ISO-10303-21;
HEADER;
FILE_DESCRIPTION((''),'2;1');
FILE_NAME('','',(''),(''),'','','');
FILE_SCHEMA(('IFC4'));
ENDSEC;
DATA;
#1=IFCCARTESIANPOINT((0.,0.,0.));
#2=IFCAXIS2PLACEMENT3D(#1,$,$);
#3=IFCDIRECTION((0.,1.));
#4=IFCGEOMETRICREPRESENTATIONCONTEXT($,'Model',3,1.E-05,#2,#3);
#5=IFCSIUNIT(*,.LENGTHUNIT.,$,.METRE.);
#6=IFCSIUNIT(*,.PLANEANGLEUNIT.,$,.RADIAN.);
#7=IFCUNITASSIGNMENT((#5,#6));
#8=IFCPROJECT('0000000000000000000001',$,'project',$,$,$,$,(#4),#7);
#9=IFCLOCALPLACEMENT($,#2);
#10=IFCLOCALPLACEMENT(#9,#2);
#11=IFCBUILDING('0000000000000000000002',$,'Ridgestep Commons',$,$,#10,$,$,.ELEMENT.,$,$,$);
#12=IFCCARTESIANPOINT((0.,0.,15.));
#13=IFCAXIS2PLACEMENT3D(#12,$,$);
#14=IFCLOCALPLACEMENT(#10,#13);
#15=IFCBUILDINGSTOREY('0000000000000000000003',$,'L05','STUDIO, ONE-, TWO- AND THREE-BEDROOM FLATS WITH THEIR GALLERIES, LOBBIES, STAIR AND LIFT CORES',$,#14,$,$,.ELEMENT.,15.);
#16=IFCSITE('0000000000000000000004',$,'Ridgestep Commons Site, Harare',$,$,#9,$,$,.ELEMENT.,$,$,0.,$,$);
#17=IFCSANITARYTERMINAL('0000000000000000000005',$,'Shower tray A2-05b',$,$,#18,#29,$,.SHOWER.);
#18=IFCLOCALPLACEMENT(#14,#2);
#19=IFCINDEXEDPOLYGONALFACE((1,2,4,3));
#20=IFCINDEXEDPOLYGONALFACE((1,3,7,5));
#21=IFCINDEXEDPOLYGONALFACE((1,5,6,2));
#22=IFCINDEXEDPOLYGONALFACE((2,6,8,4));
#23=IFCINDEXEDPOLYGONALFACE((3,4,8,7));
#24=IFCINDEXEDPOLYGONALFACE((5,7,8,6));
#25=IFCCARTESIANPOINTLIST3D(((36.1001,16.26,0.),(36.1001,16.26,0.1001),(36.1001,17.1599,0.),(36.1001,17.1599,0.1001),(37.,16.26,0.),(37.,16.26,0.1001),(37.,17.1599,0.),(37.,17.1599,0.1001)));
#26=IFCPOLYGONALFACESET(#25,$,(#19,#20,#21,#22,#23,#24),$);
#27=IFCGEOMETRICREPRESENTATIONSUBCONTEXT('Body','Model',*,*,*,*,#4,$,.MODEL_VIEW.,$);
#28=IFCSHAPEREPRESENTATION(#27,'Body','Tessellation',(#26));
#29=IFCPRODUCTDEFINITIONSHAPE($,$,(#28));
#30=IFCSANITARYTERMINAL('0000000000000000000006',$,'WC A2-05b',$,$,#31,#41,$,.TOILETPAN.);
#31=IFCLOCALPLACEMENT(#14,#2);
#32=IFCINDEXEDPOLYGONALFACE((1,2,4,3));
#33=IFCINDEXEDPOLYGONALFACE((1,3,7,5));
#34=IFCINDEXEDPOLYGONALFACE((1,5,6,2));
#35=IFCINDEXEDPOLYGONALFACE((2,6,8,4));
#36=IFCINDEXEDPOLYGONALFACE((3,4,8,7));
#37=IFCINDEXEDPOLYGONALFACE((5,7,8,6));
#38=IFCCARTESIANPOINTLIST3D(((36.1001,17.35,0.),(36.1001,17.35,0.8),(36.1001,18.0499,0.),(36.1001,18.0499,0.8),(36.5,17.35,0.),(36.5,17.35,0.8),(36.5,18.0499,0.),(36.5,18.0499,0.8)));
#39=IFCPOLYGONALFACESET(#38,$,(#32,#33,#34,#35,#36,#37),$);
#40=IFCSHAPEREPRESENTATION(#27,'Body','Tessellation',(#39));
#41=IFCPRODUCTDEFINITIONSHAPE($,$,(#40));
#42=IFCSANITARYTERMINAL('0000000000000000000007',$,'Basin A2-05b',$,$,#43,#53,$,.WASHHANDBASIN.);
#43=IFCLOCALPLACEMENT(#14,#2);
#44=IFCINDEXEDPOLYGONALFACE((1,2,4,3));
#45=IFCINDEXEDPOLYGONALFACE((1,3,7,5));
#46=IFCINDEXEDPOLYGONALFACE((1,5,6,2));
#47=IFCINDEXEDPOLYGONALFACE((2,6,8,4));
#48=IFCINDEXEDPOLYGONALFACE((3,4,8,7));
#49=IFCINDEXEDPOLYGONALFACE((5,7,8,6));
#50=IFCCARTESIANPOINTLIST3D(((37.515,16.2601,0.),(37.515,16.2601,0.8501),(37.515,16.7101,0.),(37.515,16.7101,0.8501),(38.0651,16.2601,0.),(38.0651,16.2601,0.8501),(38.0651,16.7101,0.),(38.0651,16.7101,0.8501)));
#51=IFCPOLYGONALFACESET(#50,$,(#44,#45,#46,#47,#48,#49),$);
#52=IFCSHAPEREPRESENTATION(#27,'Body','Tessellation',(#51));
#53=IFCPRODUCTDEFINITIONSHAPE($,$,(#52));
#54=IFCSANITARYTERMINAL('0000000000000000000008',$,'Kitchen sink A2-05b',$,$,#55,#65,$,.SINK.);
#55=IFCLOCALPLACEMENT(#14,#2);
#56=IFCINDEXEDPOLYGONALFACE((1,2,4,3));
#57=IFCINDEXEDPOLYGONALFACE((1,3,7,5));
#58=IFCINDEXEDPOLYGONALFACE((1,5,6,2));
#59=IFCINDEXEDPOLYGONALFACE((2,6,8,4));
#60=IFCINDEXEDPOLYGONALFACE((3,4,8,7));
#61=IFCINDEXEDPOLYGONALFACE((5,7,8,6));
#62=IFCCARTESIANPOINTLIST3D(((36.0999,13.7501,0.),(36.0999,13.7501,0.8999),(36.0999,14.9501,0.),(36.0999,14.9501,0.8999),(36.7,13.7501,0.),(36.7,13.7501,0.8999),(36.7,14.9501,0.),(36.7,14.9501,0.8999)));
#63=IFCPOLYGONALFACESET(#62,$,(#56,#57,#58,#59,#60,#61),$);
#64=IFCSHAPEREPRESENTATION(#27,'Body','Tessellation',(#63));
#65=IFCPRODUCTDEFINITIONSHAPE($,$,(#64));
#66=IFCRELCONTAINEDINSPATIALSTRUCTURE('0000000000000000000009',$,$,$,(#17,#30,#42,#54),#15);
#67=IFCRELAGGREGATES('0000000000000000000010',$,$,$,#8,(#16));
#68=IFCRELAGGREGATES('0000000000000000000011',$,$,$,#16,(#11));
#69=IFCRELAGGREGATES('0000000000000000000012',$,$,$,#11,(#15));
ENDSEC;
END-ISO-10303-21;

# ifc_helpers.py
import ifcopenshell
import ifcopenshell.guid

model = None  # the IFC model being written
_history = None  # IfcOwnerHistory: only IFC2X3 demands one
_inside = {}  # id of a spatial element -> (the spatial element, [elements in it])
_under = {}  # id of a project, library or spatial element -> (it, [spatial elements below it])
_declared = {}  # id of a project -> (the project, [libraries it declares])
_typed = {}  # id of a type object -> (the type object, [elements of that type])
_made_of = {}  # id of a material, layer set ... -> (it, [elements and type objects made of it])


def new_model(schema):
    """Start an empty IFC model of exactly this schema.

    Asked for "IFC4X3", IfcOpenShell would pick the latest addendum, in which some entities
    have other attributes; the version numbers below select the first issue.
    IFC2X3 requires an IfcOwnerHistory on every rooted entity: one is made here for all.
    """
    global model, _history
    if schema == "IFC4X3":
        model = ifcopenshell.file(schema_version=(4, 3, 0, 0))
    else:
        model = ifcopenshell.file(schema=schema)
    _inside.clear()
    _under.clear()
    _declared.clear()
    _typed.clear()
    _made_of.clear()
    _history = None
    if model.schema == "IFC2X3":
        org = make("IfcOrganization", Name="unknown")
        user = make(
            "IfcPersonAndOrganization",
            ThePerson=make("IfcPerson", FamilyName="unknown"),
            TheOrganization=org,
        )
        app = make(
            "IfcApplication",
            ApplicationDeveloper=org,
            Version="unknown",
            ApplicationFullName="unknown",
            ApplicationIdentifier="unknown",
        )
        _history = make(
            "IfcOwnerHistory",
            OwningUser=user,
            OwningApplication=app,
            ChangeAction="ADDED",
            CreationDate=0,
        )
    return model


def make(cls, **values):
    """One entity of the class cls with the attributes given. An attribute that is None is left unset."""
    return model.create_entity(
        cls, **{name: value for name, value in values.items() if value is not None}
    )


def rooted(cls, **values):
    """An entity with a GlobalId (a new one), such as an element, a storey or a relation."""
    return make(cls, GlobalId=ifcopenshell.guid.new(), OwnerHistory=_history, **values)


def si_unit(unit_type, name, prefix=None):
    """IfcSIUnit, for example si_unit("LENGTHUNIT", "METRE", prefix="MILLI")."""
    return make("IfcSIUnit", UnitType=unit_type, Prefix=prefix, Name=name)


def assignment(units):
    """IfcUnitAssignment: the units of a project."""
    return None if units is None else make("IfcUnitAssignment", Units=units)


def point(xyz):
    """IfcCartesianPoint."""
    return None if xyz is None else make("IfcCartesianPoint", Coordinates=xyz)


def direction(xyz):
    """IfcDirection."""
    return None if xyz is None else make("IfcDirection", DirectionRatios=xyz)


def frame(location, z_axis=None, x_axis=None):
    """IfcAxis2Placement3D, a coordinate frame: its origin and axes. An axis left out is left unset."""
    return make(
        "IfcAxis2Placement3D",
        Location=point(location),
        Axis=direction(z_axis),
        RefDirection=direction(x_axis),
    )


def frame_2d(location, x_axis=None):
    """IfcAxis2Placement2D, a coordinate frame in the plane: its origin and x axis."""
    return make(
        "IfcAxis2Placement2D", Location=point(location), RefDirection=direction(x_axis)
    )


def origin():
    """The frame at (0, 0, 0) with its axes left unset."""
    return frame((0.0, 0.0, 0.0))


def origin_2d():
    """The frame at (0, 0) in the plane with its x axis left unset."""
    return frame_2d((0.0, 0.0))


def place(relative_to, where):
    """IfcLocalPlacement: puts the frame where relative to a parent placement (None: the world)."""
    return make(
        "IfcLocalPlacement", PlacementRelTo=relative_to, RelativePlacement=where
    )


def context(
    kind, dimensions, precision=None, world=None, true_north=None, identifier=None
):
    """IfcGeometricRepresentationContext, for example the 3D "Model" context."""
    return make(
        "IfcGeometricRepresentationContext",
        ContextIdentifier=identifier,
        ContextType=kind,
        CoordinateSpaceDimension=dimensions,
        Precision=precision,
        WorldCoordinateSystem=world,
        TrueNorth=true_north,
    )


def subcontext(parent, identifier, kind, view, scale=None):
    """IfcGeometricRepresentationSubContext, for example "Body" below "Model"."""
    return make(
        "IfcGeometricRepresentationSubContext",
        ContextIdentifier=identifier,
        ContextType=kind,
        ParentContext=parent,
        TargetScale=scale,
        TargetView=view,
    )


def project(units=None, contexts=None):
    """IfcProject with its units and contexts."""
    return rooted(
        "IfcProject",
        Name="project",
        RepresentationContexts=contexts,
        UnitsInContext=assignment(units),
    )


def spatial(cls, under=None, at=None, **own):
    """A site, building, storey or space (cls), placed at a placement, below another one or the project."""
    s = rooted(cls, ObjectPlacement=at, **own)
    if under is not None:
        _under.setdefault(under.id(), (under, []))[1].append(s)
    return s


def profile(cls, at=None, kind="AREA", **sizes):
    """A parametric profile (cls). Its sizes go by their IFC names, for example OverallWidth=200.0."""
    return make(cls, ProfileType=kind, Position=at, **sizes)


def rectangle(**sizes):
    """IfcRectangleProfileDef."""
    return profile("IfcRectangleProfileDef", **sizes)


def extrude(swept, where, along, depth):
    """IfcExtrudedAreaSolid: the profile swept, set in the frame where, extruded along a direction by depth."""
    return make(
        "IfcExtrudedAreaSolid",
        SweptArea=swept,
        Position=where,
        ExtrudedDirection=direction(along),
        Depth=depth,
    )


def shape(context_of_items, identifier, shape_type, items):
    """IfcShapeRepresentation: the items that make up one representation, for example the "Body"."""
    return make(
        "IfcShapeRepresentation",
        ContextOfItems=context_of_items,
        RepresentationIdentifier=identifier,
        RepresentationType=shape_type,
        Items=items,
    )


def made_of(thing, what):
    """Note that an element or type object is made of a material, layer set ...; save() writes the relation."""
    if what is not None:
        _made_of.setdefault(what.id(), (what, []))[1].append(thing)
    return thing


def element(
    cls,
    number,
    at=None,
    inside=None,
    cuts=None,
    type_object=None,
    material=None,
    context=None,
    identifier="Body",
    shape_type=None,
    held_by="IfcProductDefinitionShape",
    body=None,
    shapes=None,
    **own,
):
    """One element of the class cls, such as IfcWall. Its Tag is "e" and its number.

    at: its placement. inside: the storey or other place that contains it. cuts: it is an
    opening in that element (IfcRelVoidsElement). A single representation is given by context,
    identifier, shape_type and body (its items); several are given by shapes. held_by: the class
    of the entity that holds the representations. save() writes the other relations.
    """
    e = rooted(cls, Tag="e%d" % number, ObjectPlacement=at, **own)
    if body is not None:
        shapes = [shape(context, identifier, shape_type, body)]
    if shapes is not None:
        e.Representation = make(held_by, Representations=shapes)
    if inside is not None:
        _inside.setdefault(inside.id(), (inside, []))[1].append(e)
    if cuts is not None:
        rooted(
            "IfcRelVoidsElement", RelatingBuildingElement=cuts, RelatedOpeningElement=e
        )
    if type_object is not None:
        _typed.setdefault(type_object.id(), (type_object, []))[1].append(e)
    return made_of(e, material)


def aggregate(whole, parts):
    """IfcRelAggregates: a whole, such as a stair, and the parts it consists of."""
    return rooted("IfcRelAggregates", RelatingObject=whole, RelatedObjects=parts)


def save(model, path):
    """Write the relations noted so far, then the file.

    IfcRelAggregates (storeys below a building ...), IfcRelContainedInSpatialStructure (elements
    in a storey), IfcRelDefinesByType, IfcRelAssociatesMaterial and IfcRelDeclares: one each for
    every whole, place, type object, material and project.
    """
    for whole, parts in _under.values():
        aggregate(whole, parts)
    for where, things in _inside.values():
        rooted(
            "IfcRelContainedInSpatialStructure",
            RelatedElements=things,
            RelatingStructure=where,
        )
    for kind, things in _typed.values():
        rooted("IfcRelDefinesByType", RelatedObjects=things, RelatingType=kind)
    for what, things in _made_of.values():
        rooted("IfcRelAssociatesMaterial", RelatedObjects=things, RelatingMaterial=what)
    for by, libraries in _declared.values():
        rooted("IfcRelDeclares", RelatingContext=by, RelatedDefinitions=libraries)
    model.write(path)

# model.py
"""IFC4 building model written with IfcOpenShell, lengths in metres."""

from ifc_helpers import new_model, si_unit, direction, frame, origin, origin_2d, place, context, subcontext, project, spatial, rectangle, extrude, element, save


model = new_model("IFC4")

# Units and contexts
model_context = context("Model", 3, precision=1e-05, world=origin(), true_north=direction((0.0, 1.0)))
body_context = subcontext(model_context, "Body", "Model", "MODEL_VIEW")
ifc_project = project(units=[si_unit("LENGTHUNIT", "METRE"), si_unit("PLANEANGLEUNIT", "RADIAN")], contexts=[model_context])

# Site, building, storey
site_placement = place(None, origin())
site = spatial("IfcSite", under=ifc_project, at=site_placement, Name="Ridgestep Commons Site, Harare", CompositionType="ELEMENT", RefElevation=0.0)
building_placement = place(site_placement, origin())
building = spatial("IfcBuilding", under=site, at=building_placement, Name="Ridgestep Commons", CompositionType="ELEMENT")
storey_placement = place(building_placement, frame((0.0, 0.0, 15.0)))
storey = spatial("IfcBuildingStorey", under=building, at=storey_placement, Name="L05", Description="STUDIO, ONE-, TWO- AND THREE-BEDROOM FLATS WITH THEIR GALLERIES, LOBBIES, STAIR AND LIFT CORES", CompositionType="ELEMENT", Elevation=15.0)

# Sanitary terminals
sanitary_terminal_1_placement = place(storey_placement, frame((36.55, 16.71, 0.0), z_axis=(0.0, 0.0, 1.0), x_axis=(1.0, 0.0, 0.0)))
element("IfcSanitaryTerminal", 1, at=sanitary_terminal_1_placement, inside=storey, Name="Shower tray A2-05b", PredefinedType="SHOWER", context=body_context, shape_type="SweptSolid", body=[
    extrude(rectangle(XDim=0.8999, YDim=0.8999, at=origin_2d()), origin(), (0.0, 0.0, 1.0), 0.1001),
])
sanitary_terminal_2_placement = place(storey_placement, frame((36.3, 17.7, 0.0), z_axis=(0.0, 0.0, 1.0), x_axis=(1.0, 0.0, 0.0)))
element("IfcSanitaryTerminal", 2, at=sanitary_terminal_2_placement, inside=storey, Name="WC A2-05b", PredefinedType="TOILETPAN", context=body_context, shape_type="SweptSolid", body=[
    extrude(rectangle(XDim=0.3999, YDim=0.7, at=origin_2d()), origin(), (0.0, 0.0, 1.0), 0.8),
])
sanitary_terminal_3_placement = place(storey_placement, frame((37.79, 16.4851, 0.0), z_axis=(0.0, 0.0, 1.0), x_axis=(1.0, 0.0, 0.0)))
element("IfcSanitaryTerminal", 3, at=sanitary_terminal_3_placement, inside=storey, Name="Basin A2-05b", PredefinedType="WASHHANDBASIN", context=body_context, shape_type="SweptSolid", body=[
    extrude(rectangle(XDim=0.55, YDim=0.45, at=origin_2d()), origin(), (0.0, 0.0, 1.0), 0.8501),
])
sanitary_terminal_4_placement = place(storey_placement, frame((36.3999, 14.3501, 0.0), z_axis=(0.0, 0.0, 1.0), x_axis=(1.0, 0.0, 0.0)))
element("IfcSanitaryTerminal", 4, at=sanitary_terminal_4_placement, inside=storey, Name="Kitchen sink A2-05b", PredefinedType="SINK", context=body_context, shape_type="SweptSolid", body=[
    extrude(rectangle(XDim=0.6001, YDim=1.2, at=origin_2d()), origin(), (0.0, 0.0, 1.0), 0.8999),
])

save(model, "model.ifc")
